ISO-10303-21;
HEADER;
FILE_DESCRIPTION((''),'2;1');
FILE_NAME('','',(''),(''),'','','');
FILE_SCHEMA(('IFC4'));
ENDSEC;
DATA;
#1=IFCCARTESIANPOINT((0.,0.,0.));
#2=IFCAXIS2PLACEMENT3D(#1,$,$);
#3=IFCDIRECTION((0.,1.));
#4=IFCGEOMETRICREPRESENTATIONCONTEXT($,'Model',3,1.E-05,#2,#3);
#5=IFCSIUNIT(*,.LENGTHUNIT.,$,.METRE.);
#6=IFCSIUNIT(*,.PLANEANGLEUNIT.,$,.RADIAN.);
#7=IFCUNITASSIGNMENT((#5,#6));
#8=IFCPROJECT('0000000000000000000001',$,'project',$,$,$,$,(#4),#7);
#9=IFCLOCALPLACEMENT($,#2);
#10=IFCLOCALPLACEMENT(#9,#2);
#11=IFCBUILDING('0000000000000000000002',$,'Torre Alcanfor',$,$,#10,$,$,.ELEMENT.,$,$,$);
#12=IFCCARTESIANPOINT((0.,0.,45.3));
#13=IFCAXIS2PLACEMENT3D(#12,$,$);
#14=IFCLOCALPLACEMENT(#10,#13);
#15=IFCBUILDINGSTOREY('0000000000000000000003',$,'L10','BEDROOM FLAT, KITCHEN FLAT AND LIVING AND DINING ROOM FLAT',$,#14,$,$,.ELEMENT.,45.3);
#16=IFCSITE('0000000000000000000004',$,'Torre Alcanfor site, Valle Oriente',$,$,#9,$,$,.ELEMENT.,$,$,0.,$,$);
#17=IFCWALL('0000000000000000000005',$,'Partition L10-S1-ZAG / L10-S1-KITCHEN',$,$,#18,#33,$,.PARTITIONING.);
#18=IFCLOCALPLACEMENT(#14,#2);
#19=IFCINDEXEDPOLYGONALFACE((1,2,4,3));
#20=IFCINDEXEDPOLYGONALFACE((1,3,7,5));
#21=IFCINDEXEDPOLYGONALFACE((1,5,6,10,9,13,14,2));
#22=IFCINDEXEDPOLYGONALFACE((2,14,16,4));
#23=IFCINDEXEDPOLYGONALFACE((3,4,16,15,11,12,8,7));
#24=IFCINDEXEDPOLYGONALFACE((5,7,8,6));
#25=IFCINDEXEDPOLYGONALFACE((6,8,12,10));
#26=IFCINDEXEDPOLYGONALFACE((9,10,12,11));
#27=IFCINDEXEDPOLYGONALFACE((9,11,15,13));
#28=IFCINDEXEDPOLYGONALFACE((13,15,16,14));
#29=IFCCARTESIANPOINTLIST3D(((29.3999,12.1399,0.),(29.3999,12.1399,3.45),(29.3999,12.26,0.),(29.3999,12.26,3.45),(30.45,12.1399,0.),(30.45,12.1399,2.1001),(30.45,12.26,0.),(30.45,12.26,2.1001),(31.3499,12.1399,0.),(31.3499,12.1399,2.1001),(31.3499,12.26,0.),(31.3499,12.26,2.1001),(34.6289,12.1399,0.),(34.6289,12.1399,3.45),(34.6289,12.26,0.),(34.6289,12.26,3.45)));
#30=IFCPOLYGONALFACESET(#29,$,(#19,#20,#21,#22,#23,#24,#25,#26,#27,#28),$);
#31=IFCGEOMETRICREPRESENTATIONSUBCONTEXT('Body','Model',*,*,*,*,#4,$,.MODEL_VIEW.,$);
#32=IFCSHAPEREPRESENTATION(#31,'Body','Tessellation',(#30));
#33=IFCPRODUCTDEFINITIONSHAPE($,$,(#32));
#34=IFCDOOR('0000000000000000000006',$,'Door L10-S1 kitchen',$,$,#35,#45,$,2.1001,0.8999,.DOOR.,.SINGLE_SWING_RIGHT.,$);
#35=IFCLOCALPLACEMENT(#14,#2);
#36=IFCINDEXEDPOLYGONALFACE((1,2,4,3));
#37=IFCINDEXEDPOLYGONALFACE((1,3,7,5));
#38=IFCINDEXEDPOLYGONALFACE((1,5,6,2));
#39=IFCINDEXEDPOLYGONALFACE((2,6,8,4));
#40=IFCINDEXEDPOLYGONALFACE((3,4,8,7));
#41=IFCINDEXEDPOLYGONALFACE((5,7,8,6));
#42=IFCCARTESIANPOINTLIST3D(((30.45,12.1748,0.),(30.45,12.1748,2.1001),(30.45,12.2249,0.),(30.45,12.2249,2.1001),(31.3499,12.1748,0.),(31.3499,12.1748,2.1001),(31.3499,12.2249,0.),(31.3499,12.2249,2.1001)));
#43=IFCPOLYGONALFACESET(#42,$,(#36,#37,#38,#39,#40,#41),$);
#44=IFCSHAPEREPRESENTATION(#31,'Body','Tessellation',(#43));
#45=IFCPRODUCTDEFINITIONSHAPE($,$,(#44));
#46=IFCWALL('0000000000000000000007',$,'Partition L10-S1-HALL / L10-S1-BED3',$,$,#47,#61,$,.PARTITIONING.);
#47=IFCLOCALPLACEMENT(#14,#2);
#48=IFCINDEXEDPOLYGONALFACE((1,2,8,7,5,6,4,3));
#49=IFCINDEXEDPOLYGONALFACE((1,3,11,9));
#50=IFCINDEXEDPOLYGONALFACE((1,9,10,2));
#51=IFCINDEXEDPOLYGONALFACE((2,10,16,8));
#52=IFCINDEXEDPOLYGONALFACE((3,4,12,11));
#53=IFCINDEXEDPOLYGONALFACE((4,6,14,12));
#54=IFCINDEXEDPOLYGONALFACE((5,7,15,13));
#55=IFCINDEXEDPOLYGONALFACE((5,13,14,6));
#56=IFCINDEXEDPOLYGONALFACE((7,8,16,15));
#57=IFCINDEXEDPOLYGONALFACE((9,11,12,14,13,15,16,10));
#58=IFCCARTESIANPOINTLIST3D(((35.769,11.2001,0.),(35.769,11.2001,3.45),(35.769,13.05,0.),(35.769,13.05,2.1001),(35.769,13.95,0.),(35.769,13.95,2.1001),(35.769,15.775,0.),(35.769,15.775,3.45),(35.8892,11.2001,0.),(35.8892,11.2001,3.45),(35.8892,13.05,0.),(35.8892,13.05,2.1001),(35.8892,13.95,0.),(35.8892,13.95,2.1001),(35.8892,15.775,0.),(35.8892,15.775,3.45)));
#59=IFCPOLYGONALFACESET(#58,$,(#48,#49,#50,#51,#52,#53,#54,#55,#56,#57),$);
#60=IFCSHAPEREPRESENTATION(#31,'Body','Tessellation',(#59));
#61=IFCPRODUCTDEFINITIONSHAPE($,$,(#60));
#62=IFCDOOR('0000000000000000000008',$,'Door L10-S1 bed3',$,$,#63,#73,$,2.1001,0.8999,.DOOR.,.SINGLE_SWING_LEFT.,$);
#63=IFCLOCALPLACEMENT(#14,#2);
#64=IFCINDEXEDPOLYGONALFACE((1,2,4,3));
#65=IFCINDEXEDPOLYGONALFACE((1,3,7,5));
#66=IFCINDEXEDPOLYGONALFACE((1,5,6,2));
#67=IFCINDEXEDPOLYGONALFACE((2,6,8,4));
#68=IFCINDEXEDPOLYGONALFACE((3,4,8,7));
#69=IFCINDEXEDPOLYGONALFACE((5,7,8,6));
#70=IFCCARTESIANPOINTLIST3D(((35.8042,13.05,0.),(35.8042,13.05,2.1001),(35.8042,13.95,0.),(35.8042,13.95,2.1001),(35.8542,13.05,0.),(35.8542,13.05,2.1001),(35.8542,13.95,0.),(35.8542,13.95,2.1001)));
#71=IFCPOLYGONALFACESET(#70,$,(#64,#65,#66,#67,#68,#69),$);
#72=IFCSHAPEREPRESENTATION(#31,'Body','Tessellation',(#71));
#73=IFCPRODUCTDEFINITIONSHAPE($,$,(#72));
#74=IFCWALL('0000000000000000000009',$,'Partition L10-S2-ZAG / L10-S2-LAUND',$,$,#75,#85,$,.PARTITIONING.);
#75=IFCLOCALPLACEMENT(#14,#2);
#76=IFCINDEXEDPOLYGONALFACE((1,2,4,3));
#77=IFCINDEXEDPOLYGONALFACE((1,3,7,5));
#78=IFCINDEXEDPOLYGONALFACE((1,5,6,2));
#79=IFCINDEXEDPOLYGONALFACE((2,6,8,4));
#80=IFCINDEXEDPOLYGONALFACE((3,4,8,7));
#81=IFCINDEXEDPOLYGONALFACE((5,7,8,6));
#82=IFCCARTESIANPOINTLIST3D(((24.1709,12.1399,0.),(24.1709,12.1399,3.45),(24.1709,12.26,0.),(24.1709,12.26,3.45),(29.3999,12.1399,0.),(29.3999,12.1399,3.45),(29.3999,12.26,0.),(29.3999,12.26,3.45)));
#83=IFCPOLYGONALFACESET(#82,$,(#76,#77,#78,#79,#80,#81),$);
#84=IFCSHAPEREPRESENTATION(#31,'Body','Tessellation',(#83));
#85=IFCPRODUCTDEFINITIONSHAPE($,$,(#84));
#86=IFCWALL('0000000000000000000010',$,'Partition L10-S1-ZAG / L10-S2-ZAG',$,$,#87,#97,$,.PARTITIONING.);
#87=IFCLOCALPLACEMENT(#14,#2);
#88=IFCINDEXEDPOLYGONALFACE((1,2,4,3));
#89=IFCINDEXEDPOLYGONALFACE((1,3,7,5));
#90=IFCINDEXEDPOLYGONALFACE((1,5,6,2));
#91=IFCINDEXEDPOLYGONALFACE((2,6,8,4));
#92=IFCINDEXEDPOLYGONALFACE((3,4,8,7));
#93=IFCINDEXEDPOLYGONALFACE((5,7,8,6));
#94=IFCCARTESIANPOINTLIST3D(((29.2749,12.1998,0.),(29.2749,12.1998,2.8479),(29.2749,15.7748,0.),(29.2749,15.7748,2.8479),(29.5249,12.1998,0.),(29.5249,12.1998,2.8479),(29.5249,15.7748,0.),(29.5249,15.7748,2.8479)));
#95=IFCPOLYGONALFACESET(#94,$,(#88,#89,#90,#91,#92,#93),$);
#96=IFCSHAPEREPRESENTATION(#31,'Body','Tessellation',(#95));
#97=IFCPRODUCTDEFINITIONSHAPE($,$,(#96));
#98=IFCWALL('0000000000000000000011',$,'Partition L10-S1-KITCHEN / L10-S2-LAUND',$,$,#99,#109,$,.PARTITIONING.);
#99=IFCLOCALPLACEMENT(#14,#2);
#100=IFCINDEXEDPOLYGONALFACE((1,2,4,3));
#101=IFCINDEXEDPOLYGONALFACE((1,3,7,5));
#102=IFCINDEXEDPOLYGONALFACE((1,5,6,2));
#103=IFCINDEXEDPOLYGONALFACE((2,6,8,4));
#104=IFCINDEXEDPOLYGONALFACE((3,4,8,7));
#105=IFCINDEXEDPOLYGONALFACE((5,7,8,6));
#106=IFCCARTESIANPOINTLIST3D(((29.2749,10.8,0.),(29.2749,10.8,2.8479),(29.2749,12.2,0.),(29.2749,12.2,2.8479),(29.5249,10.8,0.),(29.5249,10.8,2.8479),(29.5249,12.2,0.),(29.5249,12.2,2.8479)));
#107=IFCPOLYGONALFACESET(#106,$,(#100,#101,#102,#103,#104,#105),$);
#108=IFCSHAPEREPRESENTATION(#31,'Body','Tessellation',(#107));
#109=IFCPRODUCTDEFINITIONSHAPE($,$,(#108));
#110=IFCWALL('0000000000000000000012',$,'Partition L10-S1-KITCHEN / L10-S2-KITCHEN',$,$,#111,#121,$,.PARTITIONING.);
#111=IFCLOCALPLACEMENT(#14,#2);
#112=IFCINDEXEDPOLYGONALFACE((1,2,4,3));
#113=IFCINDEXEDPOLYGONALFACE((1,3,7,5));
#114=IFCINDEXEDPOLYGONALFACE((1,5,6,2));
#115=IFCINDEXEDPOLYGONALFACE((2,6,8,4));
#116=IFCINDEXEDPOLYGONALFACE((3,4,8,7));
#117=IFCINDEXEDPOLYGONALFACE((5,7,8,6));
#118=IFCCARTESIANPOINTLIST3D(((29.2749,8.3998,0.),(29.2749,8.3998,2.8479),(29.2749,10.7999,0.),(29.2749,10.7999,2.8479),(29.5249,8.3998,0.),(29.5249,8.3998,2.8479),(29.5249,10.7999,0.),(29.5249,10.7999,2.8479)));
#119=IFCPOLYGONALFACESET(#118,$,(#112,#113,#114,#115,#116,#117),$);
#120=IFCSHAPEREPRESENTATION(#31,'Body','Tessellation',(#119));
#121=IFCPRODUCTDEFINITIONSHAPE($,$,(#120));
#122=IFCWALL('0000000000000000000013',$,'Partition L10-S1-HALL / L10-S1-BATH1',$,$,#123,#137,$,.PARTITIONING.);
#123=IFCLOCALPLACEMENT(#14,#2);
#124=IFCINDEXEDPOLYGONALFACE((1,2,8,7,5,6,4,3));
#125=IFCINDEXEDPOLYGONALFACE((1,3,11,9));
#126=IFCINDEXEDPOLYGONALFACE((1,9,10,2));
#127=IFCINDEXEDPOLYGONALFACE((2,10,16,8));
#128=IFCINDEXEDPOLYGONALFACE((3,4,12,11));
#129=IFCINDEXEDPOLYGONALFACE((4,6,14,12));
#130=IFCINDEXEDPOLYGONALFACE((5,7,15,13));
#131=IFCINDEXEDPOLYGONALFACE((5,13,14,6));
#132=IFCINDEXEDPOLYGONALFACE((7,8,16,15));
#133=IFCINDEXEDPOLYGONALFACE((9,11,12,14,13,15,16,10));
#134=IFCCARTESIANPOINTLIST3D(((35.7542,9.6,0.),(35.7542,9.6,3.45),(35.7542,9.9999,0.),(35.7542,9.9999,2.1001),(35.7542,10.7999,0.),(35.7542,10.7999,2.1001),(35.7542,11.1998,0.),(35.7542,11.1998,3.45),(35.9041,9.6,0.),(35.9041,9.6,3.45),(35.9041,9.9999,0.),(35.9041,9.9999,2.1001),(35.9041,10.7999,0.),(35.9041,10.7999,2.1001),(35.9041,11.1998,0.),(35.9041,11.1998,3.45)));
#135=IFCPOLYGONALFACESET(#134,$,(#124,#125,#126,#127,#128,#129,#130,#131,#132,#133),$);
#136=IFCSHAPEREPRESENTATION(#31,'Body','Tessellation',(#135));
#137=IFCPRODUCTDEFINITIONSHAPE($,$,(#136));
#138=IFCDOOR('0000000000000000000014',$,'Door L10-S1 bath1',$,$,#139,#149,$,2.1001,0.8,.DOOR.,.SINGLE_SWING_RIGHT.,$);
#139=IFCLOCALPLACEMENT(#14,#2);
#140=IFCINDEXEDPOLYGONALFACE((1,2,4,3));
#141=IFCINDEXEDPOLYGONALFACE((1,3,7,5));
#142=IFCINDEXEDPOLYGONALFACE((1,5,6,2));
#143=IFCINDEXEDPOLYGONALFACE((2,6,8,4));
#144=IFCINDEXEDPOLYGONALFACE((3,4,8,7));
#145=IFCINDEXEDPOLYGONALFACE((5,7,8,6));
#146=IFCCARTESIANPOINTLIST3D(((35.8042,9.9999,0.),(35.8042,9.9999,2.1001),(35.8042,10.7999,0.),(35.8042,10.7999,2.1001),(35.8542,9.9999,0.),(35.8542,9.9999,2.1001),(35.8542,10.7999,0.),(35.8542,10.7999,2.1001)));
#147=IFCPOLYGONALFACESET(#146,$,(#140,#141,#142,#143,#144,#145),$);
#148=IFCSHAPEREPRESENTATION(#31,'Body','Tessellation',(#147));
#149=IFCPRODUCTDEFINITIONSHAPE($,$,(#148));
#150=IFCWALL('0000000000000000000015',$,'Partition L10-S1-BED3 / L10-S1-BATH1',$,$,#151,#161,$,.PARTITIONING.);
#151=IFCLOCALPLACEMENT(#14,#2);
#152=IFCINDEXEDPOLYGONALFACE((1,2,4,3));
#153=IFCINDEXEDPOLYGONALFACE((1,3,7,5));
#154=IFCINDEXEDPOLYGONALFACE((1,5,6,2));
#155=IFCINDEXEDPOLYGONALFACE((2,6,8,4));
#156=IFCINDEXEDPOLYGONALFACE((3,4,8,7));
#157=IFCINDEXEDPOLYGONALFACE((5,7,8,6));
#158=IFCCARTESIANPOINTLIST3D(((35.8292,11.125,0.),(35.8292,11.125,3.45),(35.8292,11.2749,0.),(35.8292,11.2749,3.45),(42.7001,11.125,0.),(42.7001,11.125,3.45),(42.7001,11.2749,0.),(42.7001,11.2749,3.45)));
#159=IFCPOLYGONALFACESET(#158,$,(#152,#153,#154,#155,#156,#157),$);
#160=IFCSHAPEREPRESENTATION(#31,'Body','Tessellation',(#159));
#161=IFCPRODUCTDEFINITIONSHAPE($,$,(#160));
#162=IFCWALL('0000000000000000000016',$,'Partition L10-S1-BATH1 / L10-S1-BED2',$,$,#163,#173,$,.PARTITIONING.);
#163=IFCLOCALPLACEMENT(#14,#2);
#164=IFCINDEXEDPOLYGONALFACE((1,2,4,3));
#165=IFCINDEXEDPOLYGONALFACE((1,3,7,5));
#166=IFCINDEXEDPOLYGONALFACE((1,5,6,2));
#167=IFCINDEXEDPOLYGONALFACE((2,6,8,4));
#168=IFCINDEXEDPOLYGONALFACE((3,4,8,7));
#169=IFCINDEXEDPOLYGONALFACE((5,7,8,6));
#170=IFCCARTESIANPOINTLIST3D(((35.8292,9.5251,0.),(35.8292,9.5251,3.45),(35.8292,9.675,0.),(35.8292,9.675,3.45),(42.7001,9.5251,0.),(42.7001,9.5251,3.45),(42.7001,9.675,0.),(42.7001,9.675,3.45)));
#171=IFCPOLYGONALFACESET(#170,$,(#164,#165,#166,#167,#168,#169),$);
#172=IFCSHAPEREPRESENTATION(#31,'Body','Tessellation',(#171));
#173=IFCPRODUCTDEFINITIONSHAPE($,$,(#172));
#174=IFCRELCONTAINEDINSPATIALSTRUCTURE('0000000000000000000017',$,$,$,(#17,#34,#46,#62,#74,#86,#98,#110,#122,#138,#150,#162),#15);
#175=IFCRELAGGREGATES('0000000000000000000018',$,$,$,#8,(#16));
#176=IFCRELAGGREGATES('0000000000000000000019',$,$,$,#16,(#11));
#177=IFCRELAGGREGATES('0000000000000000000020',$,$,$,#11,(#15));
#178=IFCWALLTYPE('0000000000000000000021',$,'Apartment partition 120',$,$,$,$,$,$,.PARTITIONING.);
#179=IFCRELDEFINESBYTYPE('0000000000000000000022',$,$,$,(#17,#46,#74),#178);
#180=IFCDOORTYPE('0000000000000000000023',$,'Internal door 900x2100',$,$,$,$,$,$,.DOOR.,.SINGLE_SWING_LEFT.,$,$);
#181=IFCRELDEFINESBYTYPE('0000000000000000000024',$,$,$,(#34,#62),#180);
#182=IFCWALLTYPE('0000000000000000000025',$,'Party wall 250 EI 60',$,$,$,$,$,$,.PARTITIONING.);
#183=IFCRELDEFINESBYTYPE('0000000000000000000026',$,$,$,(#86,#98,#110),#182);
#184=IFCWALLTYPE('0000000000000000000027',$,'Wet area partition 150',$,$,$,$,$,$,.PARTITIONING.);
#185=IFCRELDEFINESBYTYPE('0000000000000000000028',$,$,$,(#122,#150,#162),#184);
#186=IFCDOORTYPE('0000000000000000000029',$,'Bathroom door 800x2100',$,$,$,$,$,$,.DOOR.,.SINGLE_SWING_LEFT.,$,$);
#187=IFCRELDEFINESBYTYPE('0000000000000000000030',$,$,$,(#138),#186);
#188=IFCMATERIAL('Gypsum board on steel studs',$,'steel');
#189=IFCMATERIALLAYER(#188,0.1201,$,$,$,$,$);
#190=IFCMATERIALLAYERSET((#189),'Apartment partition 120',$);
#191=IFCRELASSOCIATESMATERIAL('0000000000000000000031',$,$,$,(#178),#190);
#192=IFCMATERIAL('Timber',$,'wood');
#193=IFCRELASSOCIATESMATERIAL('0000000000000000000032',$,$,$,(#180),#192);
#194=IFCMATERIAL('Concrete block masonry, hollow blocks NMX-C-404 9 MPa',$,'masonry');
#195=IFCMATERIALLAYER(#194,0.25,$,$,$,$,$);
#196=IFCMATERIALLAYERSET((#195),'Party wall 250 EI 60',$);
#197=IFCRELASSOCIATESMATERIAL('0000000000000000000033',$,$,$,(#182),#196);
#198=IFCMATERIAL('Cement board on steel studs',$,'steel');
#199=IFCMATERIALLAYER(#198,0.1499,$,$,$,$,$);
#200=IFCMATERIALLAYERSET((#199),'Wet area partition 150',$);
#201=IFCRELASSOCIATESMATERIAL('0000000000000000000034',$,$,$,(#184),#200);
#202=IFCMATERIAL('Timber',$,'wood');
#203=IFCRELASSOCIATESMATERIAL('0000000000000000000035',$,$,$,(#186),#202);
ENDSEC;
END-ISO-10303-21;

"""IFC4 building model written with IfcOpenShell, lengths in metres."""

from ifc_helpers import new_model, si_unit, direction, frame, frame_2d, origin, place, context, subcontext, project, spatial, rectangle, extrude, material, layer, layer_set, type_object, element, fill, save


model = new_model("IFC4")

# Units and contexts
model_context = context("Model", 3, precision=1e-05, world=origin(), true_north=direction((0.0, 1.0)))
body_context = subcontext(model_context, "Body", "Model", "MODEL_VIEW")
ifc_project = project(units=[si_unit("LENGTHUNIT", "METRE"), si_unit("PLANEANGLEUNIT", "RADIAN")], contexts=[model_context])

# Site, building, storey
site_placement = place(None, origin())
site = spatial("IfcSite", under=ifc_project, at=site_placement, Name="Torre Alcanfor site, Valle Oriente", CompositionType="ELEMENT", RefElevation=0.0)
building_placement = place(site_placement, origin())
building = spatial("IfcBuilding", under=site, at=building_placement, Name="Torre Alcanfor", CompositionType="ELEMENT")
storey_placement = place(building_placement, frame((0.0, 0.0, 45.3)))
storey = spatial("IfcBuildingStorey", under=building, at=storey_placement, Name="L10", Description="BEDROOM FLAT, KITCHEN FLAT AND LIVING AND DINING ROOM FLAT", CompositionType="ELEMENT", Elevation=45.3)

# Walls, openings, doors
ifc_material_1 = material(Name="Gypsum board on steel studs", Category="steel")
ifc_layer_1 = layer(ifc_material_1, 0.1201)
ifc_layer_set_1 = layer_set([ifc_layer_1], Name="Apartment partition 120")
wall_type_1 = type_object("IfcWallType", Name="Apartment partition 120", PredefinedType="PARTITIONING", material=ifc_layer_set_1)
wall_1_placement = place(storey_placement, frame((29.3999, 12.2, 0.0), z_axis=(0.0, 0.0, 1.0), x_axis=(1.0, 0.0, 0.0)))
wall_1 = element("IfcWall", 1, at=wall_1_placement, inside=storey, type_object=wall_type_1, Name="Partition L10-S1-ZAG / L10-S1-KITCHEN", PredefinedType="PARTITIONING", context=body_context, shape_type="SweptSolid", body=[
    extrude(rectangle(XDim=5.229, YDim=0.1201, at=frame_2d((2.6145, 0.0))), origin(), (0.0, 0.0, 1.0), 3.45),
])
opening_1_placement = place(wall_1_placement, frame((1.05, 0.0, 0.0)))
opening_1 = element("IfcOpeningElement", 2, at=opening_1_placement, cuts=wall_1, PredefinedType="OPENING", context=body_context, shape_type="SweptSolid", body=[
    extrude(rectangle(XDim=0.8999, YDim=2.1001, at=frame_2d((0.45, 1.05))), frame((0.0, 0.0701, 0.0), z_axis=(0.0, -1.0, 0.0), x_axis=(1.0, 0.0, 0.0)), (0.0, 0.0, 1.0), 0.1401),
])
ifc_material_2 = material(Name="Timber", Category="wood")
door_type_1 = type_object("IfcDoorType", Name="Internal door 900x2100", OperationType="SINGLE_SWING_LEFT", PredefinedType="DOOR", material=ifc_material_2)
door_1_placement = place(opening_1_placement, frame((0.8999, 0.0, 0.0), z_axis=(0.0, 0.0, 1.0), x_axis=(-1.0, 0.0, 0.0)))
door_1 = element("IfcDoor", 3, at=door_1_placement, inside=storey, type_object=door_type_1, Name="Door L10-S1 kitchen", OperationType="SINGLE_SWING_RIGHT", OverallHeight=2.1001, OverallWidth=0.8999, PredefinedType="DOOR", context=body_context, shape_type="SweptSolid", body=[
    extrude(rectangle(XDim=0.8999, YDim=2.1001, at=frame_2d((0.45, 1.05))), frame((0.0, 0.0251, 0.0), z_axis=(0.0, -1.0, 0.0), x_axis=(1.0, 0.0, 0.0)), (0.0, 0.0, 1.0), 0.05),
])
fill(opening_1, door_1)
wall_2_placement = place(storey_placement, frame((35.8291, 11.2, 0.0), z_axis=(0.0, 0.0, 1.0), x_axis=(0.0, 1.0, 0.0)))
wall_2 = element("IfcWall", 4, at=wall_2_placement, inside=storey, type_object=wall_type_1, Name="Partition L10-S1-HALL / L10-S1-BED3", PredefinedType="PARTITIONING", context=body_context, shape_type="SweptSolid", body=[
    extrude(rectangle(XDim=4.575, YDim=0.1201, at=frame_2d((2.2876, 0.0))), origin(), (0.0, 0.0, 1.0), 3.45),
])
opening_2_placement = place(wall_2_placement, frame((1.8501, 0.0, 0.0)))
opening_2 = element("IfcOpeningElement", 5, at=opening_2_placement, cuts=wall_2, PredefinedType="OPENING", context=body_context, shape_type="SweptSolid", body=[
    extrude(rectangle(XDim=0.8999, YDim=2.1001, at=frame_2d((0.45, 1.05))), frame((0.0, 0.0701, 0.0), z_axis=(0.0, -1.0, 0.0), x_axis=(1.0, 0.0, 0.0)), (0.0, 0.0, 1.0), 0.1401),
])
door_2_placement = place(opening_2_placement, frame((0.8999, 0.0, 0.0), z_axis=(0.0, 0.0, 1.0), x_axis=(-1.0, 0.0, 0.0)))
door_2 = element("IfcDoor", 6, at=door_2_placement, inside=storey, type_object=door_type_1, Name="Door L10-S1 bed3", OperationType="SINGLE_SWING_LEFT", OverallHeight=2.1001, OverallWidth=0.8999, PredefinedType="DOOR", context=body_context, shape_type="SweptSolid", body=[
    extrude(rectangle(XDim=0.8999, YDim=2.1001, at=frame_2d((0.45, 1.05))), frame((0.0, 0.0251, 0.0), z_axis=(0.0, -1.0, 0.0), x_axis=(1.0, 0.0, 0.0)), (0.0, 0.0, 1.0), 0.05),
])
fill(opening_2, door_2)

# Walls
wall_3_placement = place(storey_placement, frame((29.3999, 12.2, 0.0), z_axis=(0.0, 0.0, 1.0), x_axis=(-1.0, 0.0, 0.0)))
element("IfcWall", 7, at=wall_3_placement, inside=storey, type_object=wall_type_1, Name="Partition L10-S2-ZAG / L10-S2-LAUND", PredefinedType="PARTITIONING", context=body_context, shape_type="SweptSolid", body=[
    extrude(rectangle(XDim=5.229, YDim=0.1201, at=frame_2d((2.6145, 0.0))), origin(), (0.0, 0.0, 1.0), 3.45),
])
ifc_material_3 = material(Name="Concrete block masonry, hollow blocks NMX-C-404 9 MPa", Category="masonry")
ifc_layer_2 = layer(ifc_material_3, 0.25)
ifc_layer_set_2 = layer_set([ifc_layer_2], Name="Party wall 250 EI 60")
wall_type_2 = type_object("IfcWallType", Name="Party wall 250 EI 60", PredefinedType="PARTITIONING", material=ifc_layer_set_2)
wall_4_placement = place(storey_placement, frame((29.3999, 15.7749, 0.0), z_axis=(0.0, 0.0, 1.0), x_axis=(0.0, -1.0, 0.0)))
element("IfcWall", 8, at=wall_4_placement, inside=storey, type_object=wall_type_2, Name="Partition L10-S1-ZAG / L10-S2-ZAG", PredefinedType="PARTITIONING", context=body_context, shape_type="SweptSolid", body=[
    extrude(rectangle(XDim=3.575, YDim=0.25, at=frame_2d((1.7876, 0.0))), origin(), (0.0, 0.0, 1.0), 2.8479),
])
wall_5_placement = place(storey_placement, frame((29.3999, 12.2, 0.0), z_axis=(0.0, 0.0, 1.0), x_axis=(0.0, -1.0, 0.0)))
element("IfcWall", 9, at=wall_5_placement, inside=storey, type_object=wall_type_2, Name="Partition L10-S1-KITCHEN / L10-S2-LAUND", PredefinedType="PARTITIONING", context=body_context, shape_type="SweptSolid", body=[
    extrude(rectangle(XDim=1.3999, YDim=0.25, at=frame_2d((0.7, 0.0))), origin(), (0.0, 0.0, 1.0), 2.8479),
])
wall_6_placement = place(storey_placement, frame((29.3999, 10.8, 0.0), z_axis=(0.0, 0.0, 1.0), x_axis=(0.0, -1.0, 0.0)))
element("IfcWall", 10, at=wall_6_placement, inside=storey, type_object=wall_type_2, Name="Partition L10-S1-KITCHEN / L10-S2-KITCHEN", PredefinedType="PARTITIONING", context=body_context, shape_type="SweptSolid", body=[
    extrude(rectangle(XDim=2.4001, YDim=0.25, at=frame_2d((1.2002, 0.0))), origin(), (0.0, 0.0, 1.0), 2.8479),
])

# Wall, opening, door
ifc_material_4 = material(Name="Cement board on steel studs", Category="steel")
ifc_layer_3 = layer(ifc_material_4, 0.1499)
ifc_layer_set_3 = layer_set([ifc_layer_3], Name="Wet area partition 150")
wall_type_3 = type_object("IfcWallType", Name="Wet area partition 150", PredefinedType="PARTITIONING", material=ifc_layer_set_3)
wall_7_placement = place(storey_placement, frame((35.8291, 9.6001, 0.0), z_axis=(0.0, 0.0, 1.0), x_axis=(0.0, 1.0, 0.0)))
wall_7 = element("IfcWall", 11, at=wall_7_placement, inside=storey, type_object=wall_type_3, Name="Partition L10-S1-HALL / L10-S1-BATH1", PredefinedType="PARTITIONING", context=body_context, shape_type="SweptSolid", body=[
    extrude(rectangle(XDim=1.5999, YDim=0.1499, at=frame_2d((0.7998, 0.0))), origin(), (0.0, 0.0, 1.0), 3.45),
])
opening_3_placement = place(wall_7_placement, frame((0.3999, 0.0, 0.0)))
opening_3 = element("IfcOpeningElement", 12, at=opening_3_placement, cuts=wall_7, PredefinedType="OPENING", context=body_context, shape_type="SweptSolid", body=[
    extrude(rectangle(XDim=0.8, YDim=2.1001, at=frame_2d((0.3999, 1.05))), frame((0.0, 0.085, 0.0), z_axis=(0.0, -1.0, 0.0), x_axis=(1.0, 0.0, 0.0)), (0.0, 0.0, 1.0), 0.1699),
])
ifc_material_5 = material(Name="Timber", Category="wood")
door_type_2 = type_object("IfcDoorType", Name="Bathroom door 800x2100", OperationType="SINGLE_SWING_LEFT", PredefinedType="DOOR", material=ifc_material_5)
door_3_placement = place(opening_3_placement, frame((0.8, 0.0, 0.0), z_axis=(0.0, 0.0, 1.0), x_axis=(-1.0, 0.0, 0.0)))
door_3 = element("IfcDoor", 13, at=door_3_placement, inside=storey, type_object=door_type_2, Name="Door L10-S1 bath1", OperationType="SINGLE_SWING_RIGHT", OverallHeight=2.1001, OverallWidth=0.8, PredefinedType="DOOR", context=body_context, shape_type="SweptSolid", body=[
    extrude(rectangle(XDim=0.8, YDim=2.1001, at=frame_2d((0.4001, 1.05))), frame((0.0, 0.0251, 0.0), z_axis=(0.0, -1.0, 0.0), x_axis=(1.0, 0.0, 0.0)), (0.0, 0.0, 1.0), 0.05),
])
fill(opening_3, door_3)

# Walls
for number, where, z_axis, x_axis, name in (
    (14, (35.8291, 11.2, 0.0), (0.0, 0.0, 1.0), (1.0, 0.0, 0.0), "Partition L10-S1-BED3 / L10-S1-BATH1"),
    (15, (35.8291, 9.6001, 0.0), (0.0, 0.0, 1.0), (1.0, 0.0, 0.0), "Partition L10-S1-BATH1 / L10-S1-BED2"),
):
    element("IfcWall", number, at=place(storey_placement, frame(where, z_axis=z_axis, x_axis=x_axis)), inside=storey, type_object=wall_type_3, Name=name, PredefinedType="PARTITIONING", context=body_context, shape_type="SweptSolid", body=[
        extrude(rectangle(XDim=6.8708, YDim=0.1499, at=frame_2d((3.4355, 0.0))), origin(), (0.0, 0.0, 1.0), 3.45),
    ])

save(model, "model.ifc")
